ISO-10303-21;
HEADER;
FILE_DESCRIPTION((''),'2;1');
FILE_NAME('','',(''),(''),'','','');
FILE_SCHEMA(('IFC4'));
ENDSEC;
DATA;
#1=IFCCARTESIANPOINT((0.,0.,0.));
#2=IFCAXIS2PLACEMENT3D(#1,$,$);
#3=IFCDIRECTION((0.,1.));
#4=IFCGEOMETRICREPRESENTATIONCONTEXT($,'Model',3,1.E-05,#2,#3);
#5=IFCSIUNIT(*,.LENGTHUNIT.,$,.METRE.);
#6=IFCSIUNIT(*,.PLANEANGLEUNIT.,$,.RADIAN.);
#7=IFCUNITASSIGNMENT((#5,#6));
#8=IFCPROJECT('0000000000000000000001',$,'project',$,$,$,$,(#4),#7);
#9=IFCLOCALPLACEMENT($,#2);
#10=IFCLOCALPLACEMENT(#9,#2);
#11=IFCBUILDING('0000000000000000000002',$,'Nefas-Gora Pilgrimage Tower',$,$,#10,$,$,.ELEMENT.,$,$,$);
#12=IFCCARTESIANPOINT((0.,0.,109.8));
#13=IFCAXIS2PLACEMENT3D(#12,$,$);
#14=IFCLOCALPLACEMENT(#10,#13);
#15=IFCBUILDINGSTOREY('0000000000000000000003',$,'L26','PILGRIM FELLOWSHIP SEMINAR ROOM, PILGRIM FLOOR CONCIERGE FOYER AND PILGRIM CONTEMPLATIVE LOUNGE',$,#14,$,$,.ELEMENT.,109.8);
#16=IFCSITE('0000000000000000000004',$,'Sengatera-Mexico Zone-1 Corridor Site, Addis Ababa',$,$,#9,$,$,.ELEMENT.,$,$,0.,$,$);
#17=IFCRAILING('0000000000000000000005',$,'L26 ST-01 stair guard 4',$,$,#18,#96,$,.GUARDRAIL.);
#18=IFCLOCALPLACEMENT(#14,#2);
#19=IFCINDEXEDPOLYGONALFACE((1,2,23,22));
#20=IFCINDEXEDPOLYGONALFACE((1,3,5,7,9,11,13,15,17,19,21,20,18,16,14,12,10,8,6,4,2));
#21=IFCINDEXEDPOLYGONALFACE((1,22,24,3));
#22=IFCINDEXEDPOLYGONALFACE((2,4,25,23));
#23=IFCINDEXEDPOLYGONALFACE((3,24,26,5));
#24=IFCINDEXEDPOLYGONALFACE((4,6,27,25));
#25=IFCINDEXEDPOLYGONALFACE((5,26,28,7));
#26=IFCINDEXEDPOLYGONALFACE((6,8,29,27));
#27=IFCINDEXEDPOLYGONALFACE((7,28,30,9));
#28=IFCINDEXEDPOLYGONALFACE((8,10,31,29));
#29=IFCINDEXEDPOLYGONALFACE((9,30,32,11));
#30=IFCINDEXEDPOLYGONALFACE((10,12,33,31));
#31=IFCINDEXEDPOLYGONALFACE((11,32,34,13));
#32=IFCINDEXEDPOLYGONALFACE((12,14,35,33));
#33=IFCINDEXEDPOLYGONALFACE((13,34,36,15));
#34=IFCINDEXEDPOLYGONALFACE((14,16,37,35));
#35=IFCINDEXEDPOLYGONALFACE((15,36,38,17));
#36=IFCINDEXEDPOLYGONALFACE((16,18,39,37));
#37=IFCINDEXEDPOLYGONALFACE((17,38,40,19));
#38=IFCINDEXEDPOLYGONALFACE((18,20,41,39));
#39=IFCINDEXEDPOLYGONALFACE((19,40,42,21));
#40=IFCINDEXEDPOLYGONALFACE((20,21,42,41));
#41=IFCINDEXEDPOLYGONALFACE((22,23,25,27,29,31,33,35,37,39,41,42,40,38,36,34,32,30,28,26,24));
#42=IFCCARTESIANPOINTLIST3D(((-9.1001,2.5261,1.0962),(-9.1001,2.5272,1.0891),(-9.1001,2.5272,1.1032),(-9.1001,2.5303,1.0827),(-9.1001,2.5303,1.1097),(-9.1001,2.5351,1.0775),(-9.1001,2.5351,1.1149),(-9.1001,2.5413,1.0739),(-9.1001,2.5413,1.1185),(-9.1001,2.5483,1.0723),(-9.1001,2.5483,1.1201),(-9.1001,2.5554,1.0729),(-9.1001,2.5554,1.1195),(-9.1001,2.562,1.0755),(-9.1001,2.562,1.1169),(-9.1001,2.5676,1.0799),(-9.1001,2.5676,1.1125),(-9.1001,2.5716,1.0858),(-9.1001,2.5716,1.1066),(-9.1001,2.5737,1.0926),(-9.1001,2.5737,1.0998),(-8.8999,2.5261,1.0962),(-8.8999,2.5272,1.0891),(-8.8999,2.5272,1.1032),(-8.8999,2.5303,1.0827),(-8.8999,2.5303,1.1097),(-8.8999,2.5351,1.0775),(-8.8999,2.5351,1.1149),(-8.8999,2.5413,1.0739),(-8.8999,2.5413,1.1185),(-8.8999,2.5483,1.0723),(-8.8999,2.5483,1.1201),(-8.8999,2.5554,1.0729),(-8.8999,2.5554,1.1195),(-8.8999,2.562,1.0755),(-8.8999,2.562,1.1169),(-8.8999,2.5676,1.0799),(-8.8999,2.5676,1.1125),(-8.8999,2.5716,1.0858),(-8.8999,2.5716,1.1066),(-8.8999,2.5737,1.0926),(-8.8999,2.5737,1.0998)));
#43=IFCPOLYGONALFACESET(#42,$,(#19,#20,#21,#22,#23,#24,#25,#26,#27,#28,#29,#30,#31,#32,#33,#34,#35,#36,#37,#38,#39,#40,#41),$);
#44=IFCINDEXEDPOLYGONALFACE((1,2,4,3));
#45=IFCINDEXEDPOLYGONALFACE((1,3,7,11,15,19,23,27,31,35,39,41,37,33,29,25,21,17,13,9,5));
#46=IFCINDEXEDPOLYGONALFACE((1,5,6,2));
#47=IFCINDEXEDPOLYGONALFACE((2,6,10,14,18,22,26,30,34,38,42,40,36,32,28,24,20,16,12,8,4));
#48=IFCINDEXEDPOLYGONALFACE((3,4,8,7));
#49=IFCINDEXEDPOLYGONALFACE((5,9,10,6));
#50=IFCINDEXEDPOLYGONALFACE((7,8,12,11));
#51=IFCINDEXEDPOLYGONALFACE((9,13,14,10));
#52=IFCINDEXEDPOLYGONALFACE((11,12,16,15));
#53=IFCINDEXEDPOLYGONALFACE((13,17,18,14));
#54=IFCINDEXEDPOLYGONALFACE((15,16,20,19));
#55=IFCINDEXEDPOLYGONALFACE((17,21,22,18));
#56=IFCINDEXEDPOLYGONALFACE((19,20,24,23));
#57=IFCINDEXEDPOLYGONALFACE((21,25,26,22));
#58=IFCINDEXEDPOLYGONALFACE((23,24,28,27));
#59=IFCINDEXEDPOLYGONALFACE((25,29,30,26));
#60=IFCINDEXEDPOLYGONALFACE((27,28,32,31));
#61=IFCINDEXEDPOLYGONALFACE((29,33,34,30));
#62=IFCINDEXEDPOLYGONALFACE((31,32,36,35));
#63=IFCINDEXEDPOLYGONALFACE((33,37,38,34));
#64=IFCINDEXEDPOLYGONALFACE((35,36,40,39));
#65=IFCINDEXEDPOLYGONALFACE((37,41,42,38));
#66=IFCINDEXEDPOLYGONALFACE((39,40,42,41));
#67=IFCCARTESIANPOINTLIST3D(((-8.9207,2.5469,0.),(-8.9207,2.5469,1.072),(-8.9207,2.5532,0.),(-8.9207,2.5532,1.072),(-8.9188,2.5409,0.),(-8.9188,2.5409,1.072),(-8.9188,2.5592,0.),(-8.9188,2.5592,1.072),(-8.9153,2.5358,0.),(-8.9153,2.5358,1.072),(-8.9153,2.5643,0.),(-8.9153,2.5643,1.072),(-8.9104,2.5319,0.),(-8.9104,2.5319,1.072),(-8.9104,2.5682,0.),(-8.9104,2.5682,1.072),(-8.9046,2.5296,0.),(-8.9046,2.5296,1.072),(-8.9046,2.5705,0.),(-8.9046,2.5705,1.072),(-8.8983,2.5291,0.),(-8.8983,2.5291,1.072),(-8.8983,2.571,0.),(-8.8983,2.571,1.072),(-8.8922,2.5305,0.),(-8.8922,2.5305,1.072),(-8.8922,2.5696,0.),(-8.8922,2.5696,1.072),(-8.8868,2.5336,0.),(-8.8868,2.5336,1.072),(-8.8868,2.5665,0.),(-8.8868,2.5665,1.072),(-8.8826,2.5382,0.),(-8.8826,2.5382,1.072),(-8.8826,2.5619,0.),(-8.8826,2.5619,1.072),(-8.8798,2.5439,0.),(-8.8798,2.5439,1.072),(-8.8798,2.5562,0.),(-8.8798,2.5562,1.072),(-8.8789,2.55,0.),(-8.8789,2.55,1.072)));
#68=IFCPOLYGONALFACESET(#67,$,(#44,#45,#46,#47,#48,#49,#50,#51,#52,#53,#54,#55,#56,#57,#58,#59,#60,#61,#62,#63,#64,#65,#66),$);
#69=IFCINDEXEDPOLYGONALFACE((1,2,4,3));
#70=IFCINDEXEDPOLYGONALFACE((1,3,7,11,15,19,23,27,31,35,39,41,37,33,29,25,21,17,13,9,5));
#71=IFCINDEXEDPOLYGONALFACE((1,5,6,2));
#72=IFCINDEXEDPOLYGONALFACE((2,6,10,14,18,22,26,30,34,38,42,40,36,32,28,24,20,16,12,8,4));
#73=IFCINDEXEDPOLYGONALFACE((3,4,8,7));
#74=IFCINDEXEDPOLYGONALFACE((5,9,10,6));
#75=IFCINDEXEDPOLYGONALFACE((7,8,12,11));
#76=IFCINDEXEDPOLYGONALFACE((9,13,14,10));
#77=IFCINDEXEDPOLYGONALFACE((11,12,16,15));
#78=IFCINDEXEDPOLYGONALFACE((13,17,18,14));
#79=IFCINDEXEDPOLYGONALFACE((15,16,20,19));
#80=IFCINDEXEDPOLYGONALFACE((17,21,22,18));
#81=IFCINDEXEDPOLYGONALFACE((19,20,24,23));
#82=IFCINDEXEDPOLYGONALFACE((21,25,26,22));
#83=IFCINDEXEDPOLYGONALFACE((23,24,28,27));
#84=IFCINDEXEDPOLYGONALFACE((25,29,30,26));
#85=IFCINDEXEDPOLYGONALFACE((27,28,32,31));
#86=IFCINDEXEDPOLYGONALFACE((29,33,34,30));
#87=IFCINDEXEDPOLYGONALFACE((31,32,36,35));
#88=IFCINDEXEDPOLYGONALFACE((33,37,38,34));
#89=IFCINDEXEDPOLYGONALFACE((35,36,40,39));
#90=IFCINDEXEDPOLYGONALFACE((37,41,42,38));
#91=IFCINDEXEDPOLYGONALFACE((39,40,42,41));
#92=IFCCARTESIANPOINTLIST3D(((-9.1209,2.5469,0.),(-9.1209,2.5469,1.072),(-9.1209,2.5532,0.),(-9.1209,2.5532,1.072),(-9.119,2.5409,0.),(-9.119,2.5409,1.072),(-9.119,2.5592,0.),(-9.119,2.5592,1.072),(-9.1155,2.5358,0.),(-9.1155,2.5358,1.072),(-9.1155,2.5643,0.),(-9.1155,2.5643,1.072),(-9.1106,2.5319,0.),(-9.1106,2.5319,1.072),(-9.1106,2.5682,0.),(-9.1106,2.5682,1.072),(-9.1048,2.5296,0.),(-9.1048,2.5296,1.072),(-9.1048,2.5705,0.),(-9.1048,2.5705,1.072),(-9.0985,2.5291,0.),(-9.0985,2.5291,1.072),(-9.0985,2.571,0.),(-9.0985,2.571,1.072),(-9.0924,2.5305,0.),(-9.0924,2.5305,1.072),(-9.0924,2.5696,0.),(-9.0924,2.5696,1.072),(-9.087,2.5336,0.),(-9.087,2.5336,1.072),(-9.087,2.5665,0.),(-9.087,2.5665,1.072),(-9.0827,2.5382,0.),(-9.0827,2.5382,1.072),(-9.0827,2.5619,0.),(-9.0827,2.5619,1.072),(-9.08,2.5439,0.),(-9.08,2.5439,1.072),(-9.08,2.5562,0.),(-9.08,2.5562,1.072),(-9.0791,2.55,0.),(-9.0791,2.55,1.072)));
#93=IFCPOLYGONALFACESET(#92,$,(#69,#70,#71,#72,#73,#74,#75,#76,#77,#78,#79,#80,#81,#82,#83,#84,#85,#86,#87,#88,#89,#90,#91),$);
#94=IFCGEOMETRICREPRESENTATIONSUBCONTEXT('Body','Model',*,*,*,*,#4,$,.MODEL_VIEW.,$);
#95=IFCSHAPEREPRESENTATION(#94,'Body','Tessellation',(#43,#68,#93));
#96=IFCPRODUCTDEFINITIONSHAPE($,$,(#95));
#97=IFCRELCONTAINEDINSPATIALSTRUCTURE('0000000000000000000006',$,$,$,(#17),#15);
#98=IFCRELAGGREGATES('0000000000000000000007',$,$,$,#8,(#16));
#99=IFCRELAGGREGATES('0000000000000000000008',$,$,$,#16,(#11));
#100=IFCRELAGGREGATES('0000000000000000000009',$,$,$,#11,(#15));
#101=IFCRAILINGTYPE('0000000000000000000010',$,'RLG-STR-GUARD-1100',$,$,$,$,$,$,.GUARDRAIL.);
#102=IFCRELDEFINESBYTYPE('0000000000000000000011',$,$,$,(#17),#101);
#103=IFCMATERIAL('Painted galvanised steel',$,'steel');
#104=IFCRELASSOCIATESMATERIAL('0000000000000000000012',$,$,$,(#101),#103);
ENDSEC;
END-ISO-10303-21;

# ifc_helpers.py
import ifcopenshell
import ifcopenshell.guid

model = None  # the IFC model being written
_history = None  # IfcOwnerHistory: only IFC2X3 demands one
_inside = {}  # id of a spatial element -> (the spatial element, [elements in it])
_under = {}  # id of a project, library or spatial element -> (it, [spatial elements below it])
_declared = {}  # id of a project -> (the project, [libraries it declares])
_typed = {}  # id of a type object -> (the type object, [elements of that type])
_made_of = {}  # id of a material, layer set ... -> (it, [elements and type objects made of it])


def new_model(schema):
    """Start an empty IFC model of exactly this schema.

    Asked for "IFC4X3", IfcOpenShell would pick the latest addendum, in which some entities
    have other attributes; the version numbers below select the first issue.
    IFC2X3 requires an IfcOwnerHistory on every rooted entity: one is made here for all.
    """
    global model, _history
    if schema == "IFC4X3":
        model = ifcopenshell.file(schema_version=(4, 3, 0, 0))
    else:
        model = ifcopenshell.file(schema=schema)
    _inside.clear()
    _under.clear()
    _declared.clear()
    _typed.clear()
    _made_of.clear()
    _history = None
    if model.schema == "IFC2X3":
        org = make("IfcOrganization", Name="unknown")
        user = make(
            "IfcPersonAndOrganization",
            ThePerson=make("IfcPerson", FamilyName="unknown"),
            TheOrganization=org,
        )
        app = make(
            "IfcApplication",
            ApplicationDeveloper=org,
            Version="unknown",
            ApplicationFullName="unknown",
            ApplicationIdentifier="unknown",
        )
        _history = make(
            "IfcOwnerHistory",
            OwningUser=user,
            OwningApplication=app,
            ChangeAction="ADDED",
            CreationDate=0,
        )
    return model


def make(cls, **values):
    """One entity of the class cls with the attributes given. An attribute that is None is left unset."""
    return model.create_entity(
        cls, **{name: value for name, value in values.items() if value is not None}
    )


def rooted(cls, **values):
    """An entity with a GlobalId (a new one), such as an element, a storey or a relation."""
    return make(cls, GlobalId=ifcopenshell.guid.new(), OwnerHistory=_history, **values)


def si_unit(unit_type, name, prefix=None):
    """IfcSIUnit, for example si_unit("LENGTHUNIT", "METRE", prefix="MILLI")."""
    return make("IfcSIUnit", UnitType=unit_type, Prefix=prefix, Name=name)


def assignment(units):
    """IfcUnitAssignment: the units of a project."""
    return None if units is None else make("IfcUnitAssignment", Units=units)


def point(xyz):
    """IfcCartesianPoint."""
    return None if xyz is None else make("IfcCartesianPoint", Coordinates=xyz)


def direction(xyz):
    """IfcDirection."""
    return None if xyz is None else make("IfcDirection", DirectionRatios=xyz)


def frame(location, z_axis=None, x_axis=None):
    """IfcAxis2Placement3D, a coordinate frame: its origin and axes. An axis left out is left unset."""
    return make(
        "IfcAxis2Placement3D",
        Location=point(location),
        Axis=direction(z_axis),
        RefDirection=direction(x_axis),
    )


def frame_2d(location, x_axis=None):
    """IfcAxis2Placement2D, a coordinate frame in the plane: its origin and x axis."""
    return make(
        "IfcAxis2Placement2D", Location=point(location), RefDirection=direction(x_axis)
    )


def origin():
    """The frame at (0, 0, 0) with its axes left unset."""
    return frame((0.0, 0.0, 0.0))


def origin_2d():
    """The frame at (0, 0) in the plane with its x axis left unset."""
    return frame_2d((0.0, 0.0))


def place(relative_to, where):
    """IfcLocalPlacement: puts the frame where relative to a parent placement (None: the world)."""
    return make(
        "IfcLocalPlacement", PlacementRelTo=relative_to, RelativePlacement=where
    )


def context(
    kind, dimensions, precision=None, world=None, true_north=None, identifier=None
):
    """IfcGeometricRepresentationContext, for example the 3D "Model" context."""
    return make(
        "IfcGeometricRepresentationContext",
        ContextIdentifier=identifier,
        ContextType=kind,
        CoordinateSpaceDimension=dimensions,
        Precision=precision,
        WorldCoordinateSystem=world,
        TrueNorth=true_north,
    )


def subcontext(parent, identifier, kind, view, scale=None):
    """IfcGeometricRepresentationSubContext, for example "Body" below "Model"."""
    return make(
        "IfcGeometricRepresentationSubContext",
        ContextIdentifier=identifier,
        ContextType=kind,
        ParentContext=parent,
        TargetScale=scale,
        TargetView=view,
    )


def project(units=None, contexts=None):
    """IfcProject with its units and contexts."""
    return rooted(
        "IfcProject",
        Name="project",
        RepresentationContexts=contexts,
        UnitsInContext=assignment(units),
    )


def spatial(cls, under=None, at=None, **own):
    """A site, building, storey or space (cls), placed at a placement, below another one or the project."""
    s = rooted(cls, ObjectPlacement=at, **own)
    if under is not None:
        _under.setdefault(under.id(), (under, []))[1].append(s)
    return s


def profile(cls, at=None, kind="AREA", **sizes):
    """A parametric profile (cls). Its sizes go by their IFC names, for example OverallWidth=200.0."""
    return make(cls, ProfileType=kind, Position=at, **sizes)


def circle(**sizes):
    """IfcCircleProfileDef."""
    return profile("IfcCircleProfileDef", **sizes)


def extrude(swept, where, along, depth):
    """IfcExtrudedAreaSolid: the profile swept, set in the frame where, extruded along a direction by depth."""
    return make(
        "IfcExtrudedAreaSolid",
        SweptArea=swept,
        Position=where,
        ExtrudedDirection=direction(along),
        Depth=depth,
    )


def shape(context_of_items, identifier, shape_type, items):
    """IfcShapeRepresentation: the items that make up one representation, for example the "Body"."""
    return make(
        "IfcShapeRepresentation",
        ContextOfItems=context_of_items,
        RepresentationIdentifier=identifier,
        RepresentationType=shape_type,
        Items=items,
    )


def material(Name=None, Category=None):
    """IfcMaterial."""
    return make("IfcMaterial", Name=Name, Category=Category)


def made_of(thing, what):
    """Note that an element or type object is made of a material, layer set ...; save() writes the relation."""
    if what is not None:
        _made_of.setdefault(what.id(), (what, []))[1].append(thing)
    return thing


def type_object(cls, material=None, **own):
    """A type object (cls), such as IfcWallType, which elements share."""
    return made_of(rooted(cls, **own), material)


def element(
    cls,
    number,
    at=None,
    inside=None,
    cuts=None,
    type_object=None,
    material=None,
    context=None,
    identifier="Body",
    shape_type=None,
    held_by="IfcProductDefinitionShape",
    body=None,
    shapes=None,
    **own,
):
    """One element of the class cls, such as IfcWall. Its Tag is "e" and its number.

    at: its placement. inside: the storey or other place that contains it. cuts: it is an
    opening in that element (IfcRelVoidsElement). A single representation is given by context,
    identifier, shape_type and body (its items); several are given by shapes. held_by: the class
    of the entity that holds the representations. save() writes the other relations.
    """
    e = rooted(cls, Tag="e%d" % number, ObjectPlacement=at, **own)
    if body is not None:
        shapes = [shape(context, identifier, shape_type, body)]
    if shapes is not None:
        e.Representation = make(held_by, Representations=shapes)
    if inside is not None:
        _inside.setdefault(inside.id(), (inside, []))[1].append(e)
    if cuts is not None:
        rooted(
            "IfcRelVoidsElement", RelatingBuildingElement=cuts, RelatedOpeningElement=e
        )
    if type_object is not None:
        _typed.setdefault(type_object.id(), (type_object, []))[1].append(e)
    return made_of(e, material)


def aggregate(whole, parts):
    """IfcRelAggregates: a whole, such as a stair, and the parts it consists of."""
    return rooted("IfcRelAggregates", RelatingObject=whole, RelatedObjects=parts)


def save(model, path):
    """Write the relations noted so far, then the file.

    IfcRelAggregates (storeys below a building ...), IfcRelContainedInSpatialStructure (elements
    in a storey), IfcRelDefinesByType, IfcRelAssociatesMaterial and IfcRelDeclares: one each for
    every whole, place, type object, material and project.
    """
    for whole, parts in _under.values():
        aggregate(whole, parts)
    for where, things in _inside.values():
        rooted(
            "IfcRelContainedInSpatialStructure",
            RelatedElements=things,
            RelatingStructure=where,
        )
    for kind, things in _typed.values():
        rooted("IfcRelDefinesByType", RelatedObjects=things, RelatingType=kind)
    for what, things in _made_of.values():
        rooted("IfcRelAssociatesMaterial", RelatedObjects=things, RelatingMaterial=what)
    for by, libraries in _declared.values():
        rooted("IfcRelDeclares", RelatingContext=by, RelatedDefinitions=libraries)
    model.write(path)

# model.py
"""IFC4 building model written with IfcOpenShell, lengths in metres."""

from ifc_helpers import new_model, si_unit, direction, frame, origin, origin_2d, place, context, subcontext, project, spatial, circle, extrude, material, type_object, element, save


model = new_model("IFC4")

# Units and contexts
model_context = context("Model", 3, precision=1e-05, world=origin(), true_north=direction((0.0, 1.0)))
body_context = subcontext(model_context, "Body", "Model", "MODEL_VIEW")
ifc_project = project(units=[si_unit("LENGTHUNIT", "METRE"), si_unit("PLANEANGLEUNIT", "RADIAN")], contexts=[model_context])

# Site, building, storey
site_placement = place(None, origin())
site = spatial("IfcSite", under=ifc_project, at=site_placement, Name="Sengatera-Mexico Zone-1 Corridor Site, Addis Ababa", CompositionType="ELEMENT", RefElevation=0.0)
building_placement = place(site_placement, origin())
building = spatial("IfcBuilding", under=site, at=building_placement, Name="Nefas-Gora Pilgrimage Tower", CompositionType="ELEMENT")
storey_placement = place(building_placement, frame((0.0, 0.0, 109.8)))
storey = spatial("IfcBuildingStorey", under=building, at=storey_placement, Name="L26", Description="PILGRIM FELLOWSHIP SEMINAR ROOM, PILGRIM FLOOR CONCIERGE FOYER AND PILGRIM CONTEMPLATIVE LOUNGE", CompositionType="ELEMENT", Elevation=109.8)

# Railing
ifc_material_1 = material(Name="Painted galvanised steel", Category="steel")
railing_type_1 = type_object("IfcRailingType", Name="RLG-STR-GUARD-1100", PredefinedType="GUARDRAIL", material=ifc_material_1)
railing_1_placement = place(storey_placement, frame((-8.8999, 2.55, 0.0)))
element("IfcRailing", 1, at=railing_1_placement, inside=storey, type_object=railing_type_1, Name="L26 ST-01 stair guard 4", PredefinedType="GUARDRAIL", context=body_context, shape_type="SweptSolid", body=[
    extrude(circle(Radius=0.0239, at=origin_2d()), frame((0.0, 0.0, 1.0962), z_axis=(-1.0, 0.0, 0.0), x_axis=(0.0, -1.0, 0.0)), (0.0, 0.0, 1.0), 0.2002),
    extrude(circle(Radius=0.021, at=origin_2d()), origin(), (0.0, 0.0, 1.0), 1.072),
    extrude(circle(Radius=0.021, at=origin_2d()), frame((-0.2002, 0.0, 0.0)), (0.0, 0.0, 1.0), 1.072),
])

save(model, "model.ifc")
